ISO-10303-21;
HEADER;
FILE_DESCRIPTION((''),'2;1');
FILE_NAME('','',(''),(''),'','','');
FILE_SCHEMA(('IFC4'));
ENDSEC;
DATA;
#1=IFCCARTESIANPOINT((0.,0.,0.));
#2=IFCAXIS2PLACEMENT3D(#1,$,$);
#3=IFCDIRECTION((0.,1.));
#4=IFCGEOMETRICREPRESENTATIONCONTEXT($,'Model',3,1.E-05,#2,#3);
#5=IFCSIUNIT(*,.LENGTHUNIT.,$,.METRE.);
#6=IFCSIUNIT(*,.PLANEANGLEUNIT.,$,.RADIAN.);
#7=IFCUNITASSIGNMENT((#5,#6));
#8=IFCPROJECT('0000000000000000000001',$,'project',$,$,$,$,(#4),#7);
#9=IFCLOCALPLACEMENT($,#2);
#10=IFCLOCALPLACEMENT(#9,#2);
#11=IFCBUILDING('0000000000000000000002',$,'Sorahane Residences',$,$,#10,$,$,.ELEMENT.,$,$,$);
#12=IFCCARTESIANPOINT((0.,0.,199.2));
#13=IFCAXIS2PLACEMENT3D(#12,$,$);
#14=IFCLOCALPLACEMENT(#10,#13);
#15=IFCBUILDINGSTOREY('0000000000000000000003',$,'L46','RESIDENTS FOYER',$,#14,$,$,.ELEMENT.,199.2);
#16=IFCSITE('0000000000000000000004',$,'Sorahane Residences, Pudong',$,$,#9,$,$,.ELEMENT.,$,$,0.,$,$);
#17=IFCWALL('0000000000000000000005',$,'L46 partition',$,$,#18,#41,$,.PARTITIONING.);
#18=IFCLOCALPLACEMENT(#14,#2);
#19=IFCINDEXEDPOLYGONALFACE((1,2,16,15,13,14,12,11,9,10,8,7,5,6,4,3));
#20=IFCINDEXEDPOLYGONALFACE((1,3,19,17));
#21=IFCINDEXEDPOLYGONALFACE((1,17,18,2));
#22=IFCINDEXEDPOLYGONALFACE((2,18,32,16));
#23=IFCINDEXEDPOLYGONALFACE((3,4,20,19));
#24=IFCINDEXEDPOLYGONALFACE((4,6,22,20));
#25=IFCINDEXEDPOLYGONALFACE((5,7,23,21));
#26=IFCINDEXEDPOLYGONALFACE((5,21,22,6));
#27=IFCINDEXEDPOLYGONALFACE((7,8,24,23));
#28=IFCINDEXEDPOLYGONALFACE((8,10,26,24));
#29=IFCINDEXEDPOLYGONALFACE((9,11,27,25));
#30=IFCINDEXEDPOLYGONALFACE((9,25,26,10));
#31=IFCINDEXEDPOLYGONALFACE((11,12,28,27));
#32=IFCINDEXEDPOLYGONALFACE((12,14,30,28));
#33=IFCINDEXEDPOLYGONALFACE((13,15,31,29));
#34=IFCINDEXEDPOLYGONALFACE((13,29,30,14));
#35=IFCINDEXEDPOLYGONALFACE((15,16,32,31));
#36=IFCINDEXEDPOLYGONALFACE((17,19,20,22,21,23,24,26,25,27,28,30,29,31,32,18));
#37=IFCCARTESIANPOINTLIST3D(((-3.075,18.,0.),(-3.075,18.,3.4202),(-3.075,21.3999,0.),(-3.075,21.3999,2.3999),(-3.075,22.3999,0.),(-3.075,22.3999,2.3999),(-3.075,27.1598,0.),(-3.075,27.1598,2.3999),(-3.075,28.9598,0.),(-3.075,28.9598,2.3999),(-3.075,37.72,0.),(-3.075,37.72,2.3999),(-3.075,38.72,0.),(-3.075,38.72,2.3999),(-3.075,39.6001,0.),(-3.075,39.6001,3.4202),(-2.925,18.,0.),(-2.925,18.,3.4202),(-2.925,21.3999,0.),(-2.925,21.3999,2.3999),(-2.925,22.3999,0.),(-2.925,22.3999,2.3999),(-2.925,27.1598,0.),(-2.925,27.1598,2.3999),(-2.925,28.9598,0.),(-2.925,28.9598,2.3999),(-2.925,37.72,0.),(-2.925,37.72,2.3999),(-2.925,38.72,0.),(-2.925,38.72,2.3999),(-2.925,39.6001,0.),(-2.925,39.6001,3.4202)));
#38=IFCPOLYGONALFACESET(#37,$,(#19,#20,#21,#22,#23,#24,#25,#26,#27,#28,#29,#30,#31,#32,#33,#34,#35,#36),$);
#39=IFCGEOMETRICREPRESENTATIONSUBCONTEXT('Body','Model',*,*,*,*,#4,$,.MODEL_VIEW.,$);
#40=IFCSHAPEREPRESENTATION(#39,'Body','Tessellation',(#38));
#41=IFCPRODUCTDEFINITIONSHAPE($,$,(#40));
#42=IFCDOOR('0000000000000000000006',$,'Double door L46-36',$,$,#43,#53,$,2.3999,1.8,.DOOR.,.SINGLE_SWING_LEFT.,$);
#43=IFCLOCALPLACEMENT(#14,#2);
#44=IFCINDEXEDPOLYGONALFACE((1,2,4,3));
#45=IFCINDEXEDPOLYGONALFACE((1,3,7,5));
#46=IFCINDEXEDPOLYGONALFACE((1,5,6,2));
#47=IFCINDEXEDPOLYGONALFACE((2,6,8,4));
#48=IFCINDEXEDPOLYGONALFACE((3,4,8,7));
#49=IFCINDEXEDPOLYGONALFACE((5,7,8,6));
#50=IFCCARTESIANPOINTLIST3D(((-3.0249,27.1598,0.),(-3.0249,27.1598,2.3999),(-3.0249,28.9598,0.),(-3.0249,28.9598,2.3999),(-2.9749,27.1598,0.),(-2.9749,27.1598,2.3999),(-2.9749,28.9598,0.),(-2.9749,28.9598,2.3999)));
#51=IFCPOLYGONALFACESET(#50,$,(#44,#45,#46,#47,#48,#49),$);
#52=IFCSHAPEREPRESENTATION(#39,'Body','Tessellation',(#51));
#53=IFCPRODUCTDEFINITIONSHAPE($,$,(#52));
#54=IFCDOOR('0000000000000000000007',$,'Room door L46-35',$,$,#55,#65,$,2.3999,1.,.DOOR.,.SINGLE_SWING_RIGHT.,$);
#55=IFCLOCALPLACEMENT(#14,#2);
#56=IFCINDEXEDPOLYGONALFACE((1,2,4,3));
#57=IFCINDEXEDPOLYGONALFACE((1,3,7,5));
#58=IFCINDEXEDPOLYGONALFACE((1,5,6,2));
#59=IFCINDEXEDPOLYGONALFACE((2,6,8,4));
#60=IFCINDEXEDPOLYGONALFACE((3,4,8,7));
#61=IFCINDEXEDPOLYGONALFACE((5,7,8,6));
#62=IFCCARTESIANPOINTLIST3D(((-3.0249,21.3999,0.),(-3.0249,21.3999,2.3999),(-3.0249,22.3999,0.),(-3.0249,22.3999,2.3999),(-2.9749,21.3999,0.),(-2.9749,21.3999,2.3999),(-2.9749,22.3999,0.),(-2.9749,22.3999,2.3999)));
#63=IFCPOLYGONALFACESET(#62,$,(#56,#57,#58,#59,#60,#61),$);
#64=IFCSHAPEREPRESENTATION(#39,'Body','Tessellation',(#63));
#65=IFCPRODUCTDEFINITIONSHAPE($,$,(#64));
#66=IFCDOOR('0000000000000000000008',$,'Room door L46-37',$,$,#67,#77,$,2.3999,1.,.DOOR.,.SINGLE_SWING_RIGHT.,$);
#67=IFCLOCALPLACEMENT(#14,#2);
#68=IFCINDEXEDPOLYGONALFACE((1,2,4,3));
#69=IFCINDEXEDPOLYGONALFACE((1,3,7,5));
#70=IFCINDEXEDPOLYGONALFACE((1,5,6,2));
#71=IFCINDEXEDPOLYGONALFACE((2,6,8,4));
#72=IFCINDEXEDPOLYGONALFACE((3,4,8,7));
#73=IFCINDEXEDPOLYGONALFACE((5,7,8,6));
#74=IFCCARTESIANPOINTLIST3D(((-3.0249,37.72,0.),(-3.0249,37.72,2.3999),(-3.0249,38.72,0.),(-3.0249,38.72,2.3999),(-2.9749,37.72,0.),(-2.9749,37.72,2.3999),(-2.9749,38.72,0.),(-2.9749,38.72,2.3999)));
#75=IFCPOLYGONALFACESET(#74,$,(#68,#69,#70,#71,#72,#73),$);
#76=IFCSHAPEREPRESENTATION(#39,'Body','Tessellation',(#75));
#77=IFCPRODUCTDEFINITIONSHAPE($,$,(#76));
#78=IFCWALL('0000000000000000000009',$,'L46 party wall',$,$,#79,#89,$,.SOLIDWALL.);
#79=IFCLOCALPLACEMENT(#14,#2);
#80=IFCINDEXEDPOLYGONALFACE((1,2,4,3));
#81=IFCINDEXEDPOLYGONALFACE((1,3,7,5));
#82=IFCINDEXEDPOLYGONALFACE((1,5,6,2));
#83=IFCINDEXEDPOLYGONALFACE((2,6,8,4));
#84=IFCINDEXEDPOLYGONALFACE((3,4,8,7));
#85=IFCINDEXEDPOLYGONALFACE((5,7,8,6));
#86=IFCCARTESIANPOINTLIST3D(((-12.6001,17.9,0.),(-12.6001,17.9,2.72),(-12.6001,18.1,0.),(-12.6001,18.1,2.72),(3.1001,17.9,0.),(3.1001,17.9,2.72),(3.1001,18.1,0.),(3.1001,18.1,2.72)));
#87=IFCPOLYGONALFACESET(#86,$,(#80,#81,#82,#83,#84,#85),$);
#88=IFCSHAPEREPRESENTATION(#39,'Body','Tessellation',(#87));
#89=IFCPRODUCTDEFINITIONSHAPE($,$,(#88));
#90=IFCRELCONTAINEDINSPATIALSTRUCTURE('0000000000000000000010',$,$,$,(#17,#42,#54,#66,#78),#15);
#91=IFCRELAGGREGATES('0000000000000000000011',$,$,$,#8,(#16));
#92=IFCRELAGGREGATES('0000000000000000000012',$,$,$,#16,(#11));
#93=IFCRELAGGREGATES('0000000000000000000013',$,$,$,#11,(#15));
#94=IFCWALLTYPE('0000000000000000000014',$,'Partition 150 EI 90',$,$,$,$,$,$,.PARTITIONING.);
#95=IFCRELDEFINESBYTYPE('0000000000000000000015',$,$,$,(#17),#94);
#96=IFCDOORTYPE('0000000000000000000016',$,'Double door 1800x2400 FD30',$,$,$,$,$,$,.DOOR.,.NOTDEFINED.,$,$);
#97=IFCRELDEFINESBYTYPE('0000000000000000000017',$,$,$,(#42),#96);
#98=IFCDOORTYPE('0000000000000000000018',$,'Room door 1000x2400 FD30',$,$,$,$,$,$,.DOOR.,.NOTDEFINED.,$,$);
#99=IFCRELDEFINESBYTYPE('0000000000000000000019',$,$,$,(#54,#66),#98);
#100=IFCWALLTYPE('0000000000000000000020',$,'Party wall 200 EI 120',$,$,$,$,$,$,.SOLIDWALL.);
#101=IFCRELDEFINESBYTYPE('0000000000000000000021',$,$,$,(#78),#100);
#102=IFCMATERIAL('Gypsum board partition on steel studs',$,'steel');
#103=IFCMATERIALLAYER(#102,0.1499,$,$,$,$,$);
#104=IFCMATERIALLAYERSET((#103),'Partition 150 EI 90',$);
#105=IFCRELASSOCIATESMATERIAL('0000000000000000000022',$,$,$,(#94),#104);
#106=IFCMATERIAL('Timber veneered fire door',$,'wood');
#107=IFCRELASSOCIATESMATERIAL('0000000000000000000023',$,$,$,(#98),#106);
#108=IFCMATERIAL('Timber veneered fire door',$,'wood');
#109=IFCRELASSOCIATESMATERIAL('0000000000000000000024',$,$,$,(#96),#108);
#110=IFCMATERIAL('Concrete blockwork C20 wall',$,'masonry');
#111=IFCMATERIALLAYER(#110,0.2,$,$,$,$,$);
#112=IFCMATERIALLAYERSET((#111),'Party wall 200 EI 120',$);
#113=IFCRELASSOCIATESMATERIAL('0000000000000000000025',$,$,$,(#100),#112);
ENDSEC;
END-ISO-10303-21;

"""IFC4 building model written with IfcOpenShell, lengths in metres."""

from ifc_helpers import new_model, si_unit, direction, frame, frame_2d, origin, place, context, subcontext, project, spatial, rectangle, extrude, material, layer, layer_set, type_object, element, fill, save


model = new_model("IFC4")

# Units and contexts
model_context = context("Model", 3, precision=1e-05, world=origin(), true_north=direction((0.0, 1.0)))
body_context = subcontext(model_context, "Body", "Model", "MODEL_VIEW")
ifc_project = project(units=[si_unit("LENGTHUNIT", "METRE"), si_unit("PLANEANGLEUNIT", "RADIAN")], contexts=[model_context])

# Site, building, storey
site_placement = place(None, origin())
site = spatial("IfcSite", under=ifc_project, at=site_placement, Name="Sorahane Residences, Pudong", CompositionType="ELEMENT", RefElevation=0.0)
building_placement = place(site_placement, origin())
building = spatial("IfcBuilding", under=site, at=building_placement, Name="Sorahane Residences", CompositionType="ELEMENT")
storey_placement = place(building_placement, frame((0.0, 0.0, 199.2)))
storey = spatial("IfcBuildingStorey", under=building, at=storey_placement, Name="L46", Description="RESIDENTS FOYER", CompositionType="ELEMENT", Elevation=199.2)

# Shared definitions
ifc_material_1 = material(Name="Gypsum board partition on steel studs", Category="steel")
ifc_layer_1 = layer(ifc_material_1, 0.1499)
ifc_layer_set_1 = layer_set([ifc_layer_1], Name="Partition 150 EI 90")
wall_type_1 = type_object("IfcWallType", Name="Partition 150 EI 90", PredefinedType="PARTITIONING", material=ifc_layer_set_1)
ifc_material_2 = material(Name="Timber veneered fire door", Category="wood")
door_type_1 = type_object("IfcDoorType", Name="Room door 1000x2400 FD30", OperationType="NOTDEFINED", PredefinedType="DOOR", material=ifc_material_2)

# Wall, openings, doors
wall_1_placement = place(storey_placement, frame((-3.0, 18.0, 0.0), z_axis=(0.0, 0.0, 1.0), x_axis=(0.0, 1.0, 0.0)))
wall_1 = element("IfcWall", 1, at=wall_1_placement, inside=storey, type_object=wall_type_1, Name="L46 partition", PredefinedType="PARTITIONING", context=body_context, shape_type="SweptSolid", body=[
    extrude(rectangle(XDim=21.6001, YDim=0.1499, at=frame_2d((10.8, 0.0))), origin(), (0.0, 0.0, 1.0), 3.4202),
])
opening_1_placement = place(wall_1_placement, frame((3.3999, 0.0, 0.0)))
opening_1 = element("IfcOpeningElement", 2, at=opening_1_placement, cuts=wall_1, PredefinedType="OPENING", context=body_context, shape_type="SweptSolid", body=[
    extrude(rectangle(XDim=1.0, YDim=2.3999, at=frame_2d((0.5, 1.2))), frame((0.0, 0.085, 0.0), z_axis=(0.0, -1.0, 0.0), x_axis=(1.0, 0.0, 0.0)), (0.0, 0.0, 1.0), 0.1699),
])
opening_2_placement = place(wall_1_placement, frame((9.1599, 0.0, 0.0)))
opening_2 = element("IfcOpeningElement", 3, at=opening_2_placement, cuts=wall_1, PredefinedType="OPENING", context=body_context, shape_type="SweptSolid", body=[
    extrude(rectangle(XDim=1.8, YDim=2.3999, at=frame_2d((0.8999, 1.2))), frame((0.0, 0.085, 0.0), z_axis=(0.0, -1.0, 0.0), x_axis=(1.0, 0.0, 0.0)), (0.0, 0.0, 1.0), 0.1699),
])
opening_3_placement = place(wall_1_placement, frame((19.72, 0.0, 0.0)))
opening_3 = element("IfcOpeningElement", 4, at=opening_3_placement, cuts=wall_1, PredefinedType="OPENING", context=body_context, shape_type="SweptSolid", body=[
    extrude(rectangle(XDim=1.0, YDim=2.3999, at=frame_2d((0.5, 1.2))), frame((0.0, 0.085, 0.0), z_axis=(0.0, -1.0, 0.0), x_axis=(1.0, 0.0, 0.0)), (0.0, 0.0, 1.0), 0.1699),
])
ifc_material_3 = material(Name="Timber veneered fire door", Category="wood")
door_type_2 = type_object("IfcDoorType", Name="Double door 1800x2400 FD30", OperationType="NOTDEFINED", PredefinedType="DOOR", material=ifc_material_3)
door_1_placement = place(opening_2_placement, origin())
door_1 = element("IfcDoor", 5, at=door_1_placement, inside=storey, type_object=door_type_2, Name="Double door L46-36", OperationType="SINGLE_SWING_LEFT", OverallHeight=2.3999, OverallWidth=1.8, PredefinedType="DOOR", context=body_context, shape_type="SweptSolid", body=[
    extrude(rectangle(XDim=1.8, YDim=2.3999, at=frame_2d((0.8999, 1.2))), frame((0.0, 0.0249, 0.0), z_axis=(0.0, -1.0, 0.0), x_axis=(1.0, 0.0, 0.0)), (0.0, 0.0, 1.0), 0.05),
])
fill(opening_2, door_1)
door_2_placement = place(opening_1_placement, origin())
door_2 = element("IfcDoor", 6, at=door_2_placement, inside=storey, type_object=door_type_1, Name="Room door L46-35", OperationType="SINGLE_SWING_RIGHT", OverallHeight=2.3999, OverallWidth=1.0, PredefinedType="DOOR", context=body_context, shape_type="SweptSolid", body=[
    extrude(rectangle(XDim=1.0, YDim=2.3999, at=frame_2d((0.5, 1.2))), frame((0.0, 0.0249, 0.0), z_axis=(0.0, -1.0, 0.0), x_axis=(1.0, 0.0, 0.0)), (0.0, 0.0, 1.0), 0.05),
])
fill(opening_1, door_2)
door_3_placement = place(opening_3_placement, origin())
door_3 = element("IfcDoor", 7, at=door_3_placement, inside=storey, type_object=door_type_1, Name="Room door L46-37", OperationType="SINGLE_SWING_RIGHT", OverallHeight=2.3999, OverallWidth=1.0, PredefinedType="DOOR", context=body_context, shape_type="SweptSolid", body=[
    extrude(rectangle(XDim=1.0, YDim=2.3999, at=frame_2d((0.5, 1.2))), frame((0.0, 0.0249, 0.0), z_axis=(0.0, -1.0, 0.0), x_axis=(1.0, 0.0, 0.0)), (0.0, 0.0, 1.0), 0.05),
])
fill(opening_3, door_3)

# Wall
ifc_material_4 = material(Name="Concrete blockwork C20 wall", Category="masonry")
ifc_layer_2 = layer(ifc_material_4, 0.2)
ifc_layer_set_2 = layer_set([ifc_layer_2], Name="Party wall 200 EI 120")
wall_type_2 = type_object("IfcWallType", Name="Party wall 200 EI 120", PredefinedType="SOLIDWALL", material=ifc_layer_set_2)
wall_2_placement = place(storey_placement, frame((-12.6001, 18.0, 0.0), z_axis=(0.0, 0.0, 1.0), x_axis=(1.0, 0.0, 0.0)))
element("IfcWall", 8, at=wall_2_placement, inside=storey, type_object=wall_type_2, Name="L46 party wall", PredefinedType="SOLIDWALL", context=body_context, shape_type="SweptSolid", body=[
    extrude(rectangle(XDim=15.7002, YDim=0.2, at=frame_2d((7.8501, 0.0))), origin(), (0.0, 0.0, 1.0), 2.72),
])

save(model, "model.ifc")
